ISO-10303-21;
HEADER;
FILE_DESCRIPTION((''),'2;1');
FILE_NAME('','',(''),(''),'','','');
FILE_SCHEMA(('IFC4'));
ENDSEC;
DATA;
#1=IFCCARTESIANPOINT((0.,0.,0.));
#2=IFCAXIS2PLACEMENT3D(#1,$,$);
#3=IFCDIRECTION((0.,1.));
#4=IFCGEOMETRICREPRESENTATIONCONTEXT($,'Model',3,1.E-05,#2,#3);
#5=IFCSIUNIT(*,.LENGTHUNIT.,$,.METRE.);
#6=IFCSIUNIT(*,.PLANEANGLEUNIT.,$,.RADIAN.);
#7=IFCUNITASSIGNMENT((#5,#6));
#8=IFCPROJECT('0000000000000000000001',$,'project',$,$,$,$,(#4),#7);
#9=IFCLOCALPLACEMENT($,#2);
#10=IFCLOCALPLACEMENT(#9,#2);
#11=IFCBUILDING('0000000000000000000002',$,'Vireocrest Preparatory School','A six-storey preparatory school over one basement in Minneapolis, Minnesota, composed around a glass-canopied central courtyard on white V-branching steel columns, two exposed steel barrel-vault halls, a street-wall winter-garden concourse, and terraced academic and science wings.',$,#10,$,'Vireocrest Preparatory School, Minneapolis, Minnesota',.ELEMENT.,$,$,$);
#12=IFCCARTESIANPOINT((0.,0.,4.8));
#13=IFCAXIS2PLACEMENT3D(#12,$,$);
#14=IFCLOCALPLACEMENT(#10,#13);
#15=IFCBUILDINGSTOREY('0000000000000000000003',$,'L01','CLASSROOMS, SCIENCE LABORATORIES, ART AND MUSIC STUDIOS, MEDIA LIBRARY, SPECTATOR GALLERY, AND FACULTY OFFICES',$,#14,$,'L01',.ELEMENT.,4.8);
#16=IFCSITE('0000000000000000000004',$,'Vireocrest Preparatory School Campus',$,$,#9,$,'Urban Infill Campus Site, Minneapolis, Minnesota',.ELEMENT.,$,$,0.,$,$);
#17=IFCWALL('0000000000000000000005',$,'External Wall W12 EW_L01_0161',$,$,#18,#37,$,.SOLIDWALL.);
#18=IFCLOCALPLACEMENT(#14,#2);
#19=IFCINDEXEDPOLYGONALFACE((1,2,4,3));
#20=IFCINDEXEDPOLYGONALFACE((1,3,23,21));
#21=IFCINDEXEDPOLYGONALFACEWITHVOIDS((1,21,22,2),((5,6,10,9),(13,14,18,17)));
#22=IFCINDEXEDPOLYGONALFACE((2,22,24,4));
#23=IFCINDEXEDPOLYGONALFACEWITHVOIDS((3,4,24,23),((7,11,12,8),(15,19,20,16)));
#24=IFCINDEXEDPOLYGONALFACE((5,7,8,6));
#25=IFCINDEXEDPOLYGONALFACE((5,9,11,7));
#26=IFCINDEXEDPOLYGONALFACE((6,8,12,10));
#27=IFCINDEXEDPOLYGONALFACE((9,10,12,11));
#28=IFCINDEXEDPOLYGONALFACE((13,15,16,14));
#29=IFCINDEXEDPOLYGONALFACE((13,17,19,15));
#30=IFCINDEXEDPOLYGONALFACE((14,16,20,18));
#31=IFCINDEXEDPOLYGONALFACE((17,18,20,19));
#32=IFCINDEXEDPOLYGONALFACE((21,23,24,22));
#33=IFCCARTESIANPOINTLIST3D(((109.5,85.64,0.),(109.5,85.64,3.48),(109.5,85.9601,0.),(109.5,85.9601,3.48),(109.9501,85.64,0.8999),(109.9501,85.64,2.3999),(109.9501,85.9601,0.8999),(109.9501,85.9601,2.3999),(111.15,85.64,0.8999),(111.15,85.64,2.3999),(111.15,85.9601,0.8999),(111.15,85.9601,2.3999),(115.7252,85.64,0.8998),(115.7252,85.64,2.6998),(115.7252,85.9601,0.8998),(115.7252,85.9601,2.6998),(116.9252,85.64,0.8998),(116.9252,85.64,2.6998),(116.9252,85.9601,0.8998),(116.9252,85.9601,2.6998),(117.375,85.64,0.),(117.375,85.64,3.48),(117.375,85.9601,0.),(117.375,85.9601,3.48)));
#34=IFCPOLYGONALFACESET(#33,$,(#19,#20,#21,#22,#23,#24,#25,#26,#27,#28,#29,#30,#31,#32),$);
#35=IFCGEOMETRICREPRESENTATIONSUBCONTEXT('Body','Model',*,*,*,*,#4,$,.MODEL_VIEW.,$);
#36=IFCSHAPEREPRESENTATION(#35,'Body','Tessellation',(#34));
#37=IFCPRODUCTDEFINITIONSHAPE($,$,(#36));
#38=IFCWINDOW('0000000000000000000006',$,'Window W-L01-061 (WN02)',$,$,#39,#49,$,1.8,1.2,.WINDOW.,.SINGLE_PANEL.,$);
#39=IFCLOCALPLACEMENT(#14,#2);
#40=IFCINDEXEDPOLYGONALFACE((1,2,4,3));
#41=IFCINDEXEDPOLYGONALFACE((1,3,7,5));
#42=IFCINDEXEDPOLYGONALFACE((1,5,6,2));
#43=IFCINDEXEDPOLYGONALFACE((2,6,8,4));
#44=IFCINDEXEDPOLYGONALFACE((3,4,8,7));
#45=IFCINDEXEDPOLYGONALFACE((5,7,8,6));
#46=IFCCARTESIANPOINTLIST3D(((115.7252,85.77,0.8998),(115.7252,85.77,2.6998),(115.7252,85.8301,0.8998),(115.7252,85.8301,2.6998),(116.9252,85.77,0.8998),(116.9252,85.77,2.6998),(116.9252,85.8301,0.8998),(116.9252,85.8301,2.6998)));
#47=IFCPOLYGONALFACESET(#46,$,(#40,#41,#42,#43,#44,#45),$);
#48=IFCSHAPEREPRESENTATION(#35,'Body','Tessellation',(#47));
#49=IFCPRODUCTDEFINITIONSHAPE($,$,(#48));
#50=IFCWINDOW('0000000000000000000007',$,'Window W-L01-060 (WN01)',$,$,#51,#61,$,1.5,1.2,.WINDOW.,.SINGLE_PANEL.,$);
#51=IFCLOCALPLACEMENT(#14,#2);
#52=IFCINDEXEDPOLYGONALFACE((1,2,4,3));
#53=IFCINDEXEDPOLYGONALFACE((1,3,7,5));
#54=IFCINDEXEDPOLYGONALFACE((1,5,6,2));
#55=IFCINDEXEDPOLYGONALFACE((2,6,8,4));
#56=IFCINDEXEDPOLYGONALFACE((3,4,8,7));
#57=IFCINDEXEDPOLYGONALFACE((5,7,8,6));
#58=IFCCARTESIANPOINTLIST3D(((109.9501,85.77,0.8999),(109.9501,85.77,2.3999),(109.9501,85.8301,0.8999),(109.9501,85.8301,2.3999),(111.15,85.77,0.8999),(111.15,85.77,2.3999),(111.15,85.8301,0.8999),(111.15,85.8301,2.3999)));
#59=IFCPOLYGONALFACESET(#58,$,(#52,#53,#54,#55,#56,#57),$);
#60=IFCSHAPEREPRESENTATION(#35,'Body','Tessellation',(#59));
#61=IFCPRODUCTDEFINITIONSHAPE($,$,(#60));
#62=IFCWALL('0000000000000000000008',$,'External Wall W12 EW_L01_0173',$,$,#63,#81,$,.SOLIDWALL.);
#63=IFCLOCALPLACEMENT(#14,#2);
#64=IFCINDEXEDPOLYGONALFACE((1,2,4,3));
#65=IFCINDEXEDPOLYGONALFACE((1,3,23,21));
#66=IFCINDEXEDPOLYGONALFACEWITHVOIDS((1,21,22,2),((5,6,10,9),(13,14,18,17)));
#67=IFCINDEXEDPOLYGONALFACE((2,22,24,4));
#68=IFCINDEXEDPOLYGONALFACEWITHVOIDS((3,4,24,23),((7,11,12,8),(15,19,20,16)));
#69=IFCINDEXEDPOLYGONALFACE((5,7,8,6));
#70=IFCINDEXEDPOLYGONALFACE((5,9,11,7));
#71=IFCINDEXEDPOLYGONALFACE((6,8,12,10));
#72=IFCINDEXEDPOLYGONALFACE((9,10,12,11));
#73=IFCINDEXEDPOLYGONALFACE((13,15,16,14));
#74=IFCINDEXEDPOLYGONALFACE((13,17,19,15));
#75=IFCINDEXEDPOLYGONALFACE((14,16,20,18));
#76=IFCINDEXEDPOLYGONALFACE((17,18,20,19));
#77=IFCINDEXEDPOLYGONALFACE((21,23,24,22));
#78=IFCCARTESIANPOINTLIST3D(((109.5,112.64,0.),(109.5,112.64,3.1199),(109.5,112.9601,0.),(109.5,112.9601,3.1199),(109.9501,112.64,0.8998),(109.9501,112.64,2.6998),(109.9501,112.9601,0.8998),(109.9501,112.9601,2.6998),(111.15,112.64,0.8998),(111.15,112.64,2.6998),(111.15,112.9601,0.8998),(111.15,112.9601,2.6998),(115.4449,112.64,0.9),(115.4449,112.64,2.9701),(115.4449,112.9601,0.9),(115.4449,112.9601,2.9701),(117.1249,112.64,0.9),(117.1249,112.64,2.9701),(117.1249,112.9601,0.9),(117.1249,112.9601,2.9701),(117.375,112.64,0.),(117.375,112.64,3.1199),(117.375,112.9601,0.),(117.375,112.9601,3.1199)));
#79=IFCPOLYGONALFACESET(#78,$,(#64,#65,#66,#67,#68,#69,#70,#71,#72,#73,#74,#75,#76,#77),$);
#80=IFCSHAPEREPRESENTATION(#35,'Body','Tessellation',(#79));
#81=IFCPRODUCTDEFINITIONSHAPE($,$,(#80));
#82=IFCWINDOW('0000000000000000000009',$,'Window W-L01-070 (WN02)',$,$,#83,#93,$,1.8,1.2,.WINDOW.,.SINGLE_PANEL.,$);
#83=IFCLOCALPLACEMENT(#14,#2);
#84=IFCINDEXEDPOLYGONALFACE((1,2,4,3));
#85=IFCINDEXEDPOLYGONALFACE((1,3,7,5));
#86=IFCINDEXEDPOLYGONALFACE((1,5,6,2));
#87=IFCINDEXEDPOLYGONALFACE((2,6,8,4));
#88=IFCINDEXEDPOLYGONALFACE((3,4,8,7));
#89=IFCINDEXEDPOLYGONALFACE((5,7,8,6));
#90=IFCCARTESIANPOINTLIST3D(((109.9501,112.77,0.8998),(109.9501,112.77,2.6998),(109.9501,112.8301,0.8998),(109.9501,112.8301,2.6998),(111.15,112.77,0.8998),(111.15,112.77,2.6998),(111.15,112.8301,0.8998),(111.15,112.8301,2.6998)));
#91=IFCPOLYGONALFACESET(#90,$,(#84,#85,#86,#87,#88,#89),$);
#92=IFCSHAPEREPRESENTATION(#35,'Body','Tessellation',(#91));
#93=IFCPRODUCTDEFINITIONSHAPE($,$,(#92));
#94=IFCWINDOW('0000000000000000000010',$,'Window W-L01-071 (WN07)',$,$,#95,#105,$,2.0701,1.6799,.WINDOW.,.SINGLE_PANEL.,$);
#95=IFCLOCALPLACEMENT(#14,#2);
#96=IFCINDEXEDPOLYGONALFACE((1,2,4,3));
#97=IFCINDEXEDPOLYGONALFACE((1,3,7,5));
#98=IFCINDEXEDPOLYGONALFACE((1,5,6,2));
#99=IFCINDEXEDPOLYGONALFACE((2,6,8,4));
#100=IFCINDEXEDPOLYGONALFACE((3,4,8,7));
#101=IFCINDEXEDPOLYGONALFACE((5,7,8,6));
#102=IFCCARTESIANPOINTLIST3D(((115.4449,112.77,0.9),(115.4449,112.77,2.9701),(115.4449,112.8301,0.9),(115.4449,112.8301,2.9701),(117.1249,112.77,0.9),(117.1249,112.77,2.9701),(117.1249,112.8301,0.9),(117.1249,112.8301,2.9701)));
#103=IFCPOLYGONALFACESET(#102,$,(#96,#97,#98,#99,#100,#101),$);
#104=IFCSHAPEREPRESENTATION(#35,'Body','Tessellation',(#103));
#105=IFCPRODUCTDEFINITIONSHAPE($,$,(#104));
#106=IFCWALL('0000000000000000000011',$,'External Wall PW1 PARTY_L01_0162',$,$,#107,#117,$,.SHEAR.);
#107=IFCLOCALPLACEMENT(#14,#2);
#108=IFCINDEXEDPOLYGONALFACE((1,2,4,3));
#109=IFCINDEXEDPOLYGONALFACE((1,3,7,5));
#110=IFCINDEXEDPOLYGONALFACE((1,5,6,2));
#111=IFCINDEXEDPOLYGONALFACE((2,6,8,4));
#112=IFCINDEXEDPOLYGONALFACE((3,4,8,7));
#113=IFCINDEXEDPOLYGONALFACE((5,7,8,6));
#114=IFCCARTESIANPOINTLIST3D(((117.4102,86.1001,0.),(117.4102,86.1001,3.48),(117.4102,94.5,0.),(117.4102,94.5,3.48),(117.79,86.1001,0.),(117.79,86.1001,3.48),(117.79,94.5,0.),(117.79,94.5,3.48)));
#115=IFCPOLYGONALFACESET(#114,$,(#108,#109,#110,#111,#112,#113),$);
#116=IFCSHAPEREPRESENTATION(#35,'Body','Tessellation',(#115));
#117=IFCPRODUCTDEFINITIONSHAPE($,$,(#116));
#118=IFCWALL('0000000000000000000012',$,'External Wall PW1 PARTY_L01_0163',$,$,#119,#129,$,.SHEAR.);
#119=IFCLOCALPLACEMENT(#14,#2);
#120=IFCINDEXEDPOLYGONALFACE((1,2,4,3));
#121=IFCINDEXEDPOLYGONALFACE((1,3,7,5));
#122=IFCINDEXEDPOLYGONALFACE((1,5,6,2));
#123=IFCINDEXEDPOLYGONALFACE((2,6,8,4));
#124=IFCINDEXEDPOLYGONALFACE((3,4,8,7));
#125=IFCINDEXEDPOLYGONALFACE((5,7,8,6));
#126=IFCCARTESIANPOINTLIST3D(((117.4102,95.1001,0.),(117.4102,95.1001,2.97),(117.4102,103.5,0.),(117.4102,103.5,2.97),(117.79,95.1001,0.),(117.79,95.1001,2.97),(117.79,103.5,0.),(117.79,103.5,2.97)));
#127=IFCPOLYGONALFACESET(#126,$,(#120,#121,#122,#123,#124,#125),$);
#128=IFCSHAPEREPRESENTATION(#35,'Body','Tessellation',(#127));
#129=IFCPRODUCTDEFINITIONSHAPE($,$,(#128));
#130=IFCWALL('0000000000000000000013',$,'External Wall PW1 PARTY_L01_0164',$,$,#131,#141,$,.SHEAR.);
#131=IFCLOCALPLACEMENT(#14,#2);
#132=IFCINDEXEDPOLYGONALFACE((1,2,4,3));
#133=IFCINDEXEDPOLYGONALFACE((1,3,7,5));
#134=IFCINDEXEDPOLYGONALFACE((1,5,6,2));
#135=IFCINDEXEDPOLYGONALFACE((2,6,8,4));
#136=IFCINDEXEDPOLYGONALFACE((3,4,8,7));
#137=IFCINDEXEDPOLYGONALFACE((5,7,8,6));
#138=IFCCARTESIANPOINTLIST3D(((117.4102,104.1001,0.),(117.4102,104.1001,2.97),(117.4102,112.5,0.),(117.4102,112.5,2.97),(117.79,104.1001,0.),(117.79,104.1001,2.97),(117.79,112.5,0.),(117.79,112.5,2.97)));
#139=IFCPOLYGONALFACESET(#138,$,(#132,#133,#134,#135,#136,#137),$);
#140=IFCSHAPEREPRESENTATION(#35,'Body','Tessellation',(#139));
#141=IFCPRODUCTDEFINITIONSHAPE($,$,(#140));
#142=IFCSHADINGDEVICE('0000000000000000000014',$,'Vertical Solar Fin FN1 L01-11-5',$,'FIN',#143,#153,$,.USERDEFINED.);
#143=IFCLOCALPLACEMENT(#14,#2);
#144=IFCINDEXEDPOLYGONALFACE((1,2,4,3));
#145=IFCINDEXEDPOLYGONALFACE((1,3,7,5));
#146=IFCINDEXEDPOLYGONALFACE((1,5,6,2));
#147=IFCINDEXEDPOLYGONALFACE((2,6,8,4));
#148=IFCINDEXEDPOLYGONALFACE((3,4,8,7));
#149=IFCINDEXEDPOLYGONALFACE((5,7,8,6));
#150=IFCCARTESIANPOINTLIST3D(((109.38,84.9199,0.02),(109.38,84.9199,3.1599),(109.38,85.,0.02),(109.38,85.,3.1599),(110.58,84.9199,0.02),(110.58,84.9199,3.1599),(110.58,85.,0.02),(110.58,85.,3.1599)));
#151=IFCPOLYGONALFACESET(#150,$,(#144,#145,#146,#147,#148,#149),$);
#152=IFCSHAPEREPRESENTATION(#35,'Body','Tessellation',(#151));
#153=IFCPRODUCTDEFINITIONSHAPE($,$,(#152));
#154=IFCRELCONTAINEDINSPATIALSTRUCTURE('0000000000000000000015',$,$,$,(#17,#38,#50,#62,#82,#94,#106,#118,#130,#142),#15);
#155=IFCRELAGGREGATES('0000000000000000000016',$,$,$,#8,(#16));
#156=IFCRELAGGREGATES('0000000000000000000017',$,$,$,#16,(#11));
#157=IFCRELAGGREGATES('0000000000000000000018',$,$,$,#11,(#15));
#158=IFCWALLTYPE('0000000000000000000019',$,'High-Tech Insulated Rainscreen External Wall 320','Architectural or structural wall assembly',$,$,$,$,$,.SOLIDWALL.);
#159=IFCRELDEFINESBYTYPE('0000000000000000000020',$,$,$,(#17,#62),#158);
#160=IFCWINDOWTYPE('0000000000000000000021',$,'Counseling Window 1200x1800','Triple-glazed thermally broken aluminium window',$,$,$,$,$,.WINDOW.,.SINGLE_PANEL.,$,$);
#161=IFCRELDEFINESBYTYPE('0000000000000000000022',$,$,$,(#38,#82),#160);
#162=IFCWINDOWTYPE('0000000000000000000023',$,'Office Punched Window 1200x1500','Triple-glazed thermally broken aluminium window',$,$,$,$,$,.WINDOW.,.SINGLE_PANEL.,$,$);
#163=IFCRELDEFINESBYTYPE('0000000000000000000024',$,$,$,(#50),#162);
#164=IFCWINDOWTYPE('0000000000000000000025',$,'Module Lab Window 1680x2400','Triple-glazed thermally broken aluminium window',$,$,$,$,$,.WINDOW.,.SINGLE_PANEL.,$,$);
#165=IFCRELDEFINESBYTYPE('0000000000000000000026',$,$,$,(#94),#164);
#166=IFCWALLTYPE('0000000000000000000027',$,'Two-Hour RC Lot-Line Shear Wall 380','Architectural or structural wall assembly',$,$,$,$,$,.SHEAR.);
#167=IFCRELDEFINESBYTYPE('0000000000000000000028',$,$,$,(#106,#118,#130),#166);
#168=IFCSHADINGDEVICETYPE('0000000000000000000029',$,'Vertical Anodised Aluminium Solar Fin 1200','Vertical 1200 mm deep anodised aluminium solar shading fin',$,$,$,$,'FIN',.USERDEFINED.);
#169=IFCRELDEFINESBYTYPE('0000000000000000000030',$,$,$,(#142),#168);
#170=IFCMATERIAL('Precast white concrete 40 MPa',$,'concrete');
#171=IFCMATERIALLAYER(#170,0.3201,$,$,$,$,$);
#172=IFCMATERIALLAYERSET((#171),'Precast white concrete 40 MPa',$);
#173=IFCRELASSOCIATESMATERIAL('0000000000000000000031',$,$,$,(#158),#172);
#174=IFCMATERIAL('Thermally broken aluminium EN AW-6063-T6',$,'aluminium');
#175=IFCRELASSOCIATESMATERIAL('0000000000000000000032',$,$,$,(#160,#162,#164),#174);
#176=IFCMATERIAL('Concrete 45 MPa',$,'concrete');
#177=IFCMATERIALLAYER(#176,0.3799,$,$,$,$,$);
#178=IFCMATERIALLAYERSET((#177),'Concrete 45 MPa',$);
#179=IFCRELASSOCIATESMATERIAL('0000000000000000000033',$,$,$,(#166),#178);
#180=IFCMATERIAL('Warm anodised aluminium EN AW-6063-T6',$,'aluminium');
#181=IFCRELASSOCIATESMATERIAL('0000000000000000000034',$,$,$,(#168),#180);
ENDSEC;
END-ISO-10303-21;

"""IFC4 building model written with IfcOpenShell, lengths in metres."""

from ifc_helpers import new_model, si_unit, direction, frame, frame_2d, origin, origin_2d, place, context, subcontext, project, spatial, rectangle, extrude, material, layer, layer_set, material_profile, profile_set, type_object, element, fill, save


model = new_model("IFC4")

# Units and contexts
model_context = context("Model", 3, precision=1e-05, world=origin(), true_north=direction((0.0, 1.0)))
body_context = subcontext(model_context, "Body", "Model", "MODEL_VIEW")
ifc_project = project(units=[si_unit("LENGTHUNIT", "METRE"), si_unit("PLANEANGLEUNIT", "RADIAN")], contexts=[model_context])

# Site, building, storey
site_placement = place(None, origin())
site = spatial("IfcSite", under=ifc_project, at=site_placement, Name="Vireocrest Preparatory School Campus", LongName="Urban Infill Campus Site, Minneapolis, Minnesota", CompositionType="ELEMENT", RefElevation=0.0)
building_placement = place(site_placement, origin())
building = spatial("IfcBuilding", under=site, at=building_placement, Name="Vireocrest Preparatory School", Description="A six-storey preparatory school over one basement in Minneapolis, Minnesota, composed around a glass-canopied central courtyard on white V-branching steel columns, two exposed steel barrel-vault halls, a street-wall winter-garden concourse, and terraced academic and science wings.", LongName="Vireocrest Preparatory School, Minneapolis, Minnesota", CompositionType="ELEMENT")
storey_placement = place(building_placement, frame((0.0, 0.0, 4.8)))
storey = spatial("IfcBuildingStorey", under=building, at=storey_placement, Name="L01", Description="CLASSROOMS, SCIENCE LABORATORIES, ART AND MUSIC STUDIOS, MEDIA LIBRARY, SPECTATOR GALLERY, AND FACULTY OFFICES", LongName="L01", CompositionType="ELEMENT", Elevation=4.8)

# Shared definitions
ifc_material_1 = material(Name="Concrete 45 MPa", Category="concrete")

# Walls, openings, windows
ifc_material_2 = material(Name="Precast white concrete 40 MPa", Category="concrete")
ifc_layer_1 = layer(ifc_material_2, 0.3201)
ifc_layer_set_1 = layer_set([ifc_layer_1], Name="Precast white concrete 40 MPa")
wall_type_1 = type_object("IfcWallType", Name="High-Tech Insulated Rainscreen External Wall 320", Description="Architectural or structural wall assembly", PredefinedType="SOLIDWALL", material=ifc_layer_set_1)
wall_1_placement = place(storey_placement, frame((109.5, 85.8, 0.0), z_axis=(0.0, 0.0, 1.0), x_axis=(1.0, 0.0, 0.0)))
wall_1 = element("IfcWall", 1, at=wall_1_placement, inside=storey, type_object=wall_type_1, Name="External Wall W12 EW_L01_0161", PredefinedType="SOLIDWALL", context=body_context, shape_type="SweptSolid", body=[
    extrude(rectangle(XDim=7.875, YDim=0.3201, at=frame_2d((3.9375, 0.0))), origin(), (0.0, 0.0, 1.0), 3.48),
])
opening_1_placement = place(wall_1_placement, frame((0.45, 0.0, 0.8999)))
opening_1 = element("IfcOpeningElement", 2, at=opening_1_placement, cuts=wall_1, PredefinedType="OPENING", context=body_context, shape_type="SweptSolid", body=[
    extrude(rectangle(XDim=1.2, YDim=1.5, at=frame_2d((0.6001, 0.75))), frame((0.0, 0.1699, 0.0), z_axis=(0.0, -1.0, 0.0), x_axis=(1.0, 0.0, 0.0)), (0.0, 0.0, 1.0), 0.3401),
])
opening_2_placement = place(wall_1_placement, frame((6.2251, 0.0, 0.8999)))
opening_2 = element("IfcOpeningElement", 3, at=opening_2_placement, cuts=wall_1, PredefinedType="OPENING", context=body_context, shape_type="SweptSolid", body=[
    extrude(rectangle(XDim=1.2, YDim=1.8, at=frame_2d((0.6001, 0.8999))), frame((0.0, 0.1699, 0.0), z_axis=(0.0, -1.0, 0.0), x_axis=(1.0, 0.0, 0.0)), (0.0, 0.0, 1.0), 0.3401),
])
ifc_material_3 = material(Name="Thermally broken aluminium EN AW-6063-T6", Category="aluminium")
window_type_1 = type_object("IfcWindowType", Name="Counseling Window 1200x1800", Description="Triple-glazed thermally broken aluminium window", PartitioningType="SINGLE_PANEL", PredefinedType="WINDOW", material=ifc_material_3)
window_1_placement = place(opening_2_placement, origin())
window_1 = element("IfcWindow", 4, at=window_1_placement, inside=storey, type_object=window_type_1, Name="Window W-L01-061 (WN02)", OverallHeight=1.8, OverallWidth=1.2, PartitioningType="SINGLE_PANEL", PredefinedType="WINDOW", context=body_context, shape_type="SweptSolid", body=[
    extrude(rectangle(XDim=1.2, YDim=1.8, at=frame_2d((0.6001, 0.8999))), frame((0.0, 0.03, 0.0), z_axis=(0.0, -1.0, 0.0), x_axis=(1.0, 0.0, 0.0)), (0.0, 0.0, 1.0), 0.0601),
])
fill(opening_2, window_1)
window_type_2 = type_object("IfcWindowType", Name="Office Punched Window 1200x1500", Description="Triple-glazed thermally broken aluminium window", PartitioningType="SINGLE_PANEL", PredefinedType="WINDOW", material=ifc_material_3)
window_2_placement = place(opening_1_placement, origin())
window_2 = element("IfcWindow", 5, at=window_2_placement, inside=storey, type_object=window_type_2, Name="Window W-L01-060 (WN01)", OverallHeight=1.5, OverallWidth=1.2, PartitioningType="SINGLE_PANEL", PredefinedType="WINDOW", context=body_context, shape_type="SweptSolid", body=[
    extrude(rectangle(XDim=1.2, YDim=1.5, at=frame_2d((0.6001, 0.75))), frame((0.0, 0.03, 0.0), z_axis=(0.0, -1.0, 0.0), x_axis=(1.0, 0.0, 0.0)), (0.0, 0.0, 1.0), 0.0601),
])
fill(opening_1, window_2)
wall_2_placement = place(storey_placement, frame((109.5, 112.8, 0.0), z_axis=(0.0, 0.0, 1.0), x_axis=(1.0, 0.0, 0.0)))
wall_2 = element("IfcWall", 6, at=wall_2_placement, inside=storey, type_object=wall_type_1, Name="External Wall W12 EW_L01_0173", PredefinedType="SOLIDWALL", context=body_context, shape_type="SweptSolid", body=[
    extrude(rectangle(XDim=7.875, YDim=0.3201, at=frame_2d((3.9375, 0.0))), origin(), (0.0, 0.0, 1.0), 3.1199),
])
opening_3_placement = place(wall_2_placement, frame((0.45, 0.0, 0.8999)))
opening_3 = element("IfcOpeningElement", 7, at=opening_3_placement, cuts=wall_2, PredefinedType="OPENING", context=body_context, shape_type="SweptSolid", body=[
    extrude(rectangle(XDim=1.2, YDim=1.8, at=frame_2d((0.6001, 0.8999))), frame((0.0, 0.1699, 0.0), z_axis=(0.0, -1.0, 0.0), x_axis=(1.0, 0.0, 0.0)), (0.0, 0.0, 1.0), 0.3401),
])
opening_4_placement = place(wall_2_placement, frame((5.9451, 0.0, 0.8999)))
opening_4 = element("IfcOpeningElement", 8, at=opening_4_placement, cuts=wall_2, PredefinedType="OPENING", context=body_context, shape_type="SweptSolid", body=[
    extrude(rectangle(XDim=1.6799, YDim=2.0701, at=frame_2d((0.8398, 1.0352))), frame((0.0, 0.1699, 0.0), z_axis=(0.0, -1.0, 0.0), x_axis=(1.0, 0.0, 0.0)), (0.0, 0.0, 1.0), 0.3401),
])
window_3_placement = place(opening_3_placement, origin())
window_3 = element("IfcWindow", 9, at=window_3_placement, inside=storey, type_object=window_type_1, Name="Window W-L01-070 (WN02)", OverallHeight=1.8, OverallWidth=1.2, PartitioningType="SINGLE_PANEL", PredefinedType="WINDOW", context=body_context, shape_type="SweptSolid", body=[
    extrude(rectangle(XDim=1.2, YDim=1.8, at=frame_2d((0.6001, 0.8999))), frame((0.0, 0.03, 0.0), z_axis=(0.0, -1.0, 0.0), x_axis=(1.0, 0.0, 0.0)), (0.0, 0.0, 1.0), 0.0601),
])
fill(opening_3, window_3)
window_type_3 = type_object("IfcWindowType", Name="Module Lab Window 1680x2400", Description="Triple-glazed thermally broken aluminium window", PartitioningType="SINGLE_PANEL", PredefinedType="WINDOW", material=ifc_material_3)
window_4_placement = place(opening_4_placement, origin())
window_4 = element("IfcWindow", 10, at=window_4_placement, inside=storey, type_object=window_type_3, Name="Window W-L01-071 (WN07)", OverallHeight=2.0701, OverallWidth=1.6799, PartitioningType="SINGLE_PANEL", PredefinedType="WINDOW", context=body_context, shape_type="SweptSolid", body=[
    extrude(rectangle(XDim=1.6799, YDim=2.0701, at=frame_2d((0.8398, 1.0352))), frame((0.0, 0.03, 0.0), z_axis=(0.0, -1.0, 0.0), x_axis=(1.0, 0.0, 0.0)), (0.0, 0.0, 1.0), 0.0601),
])
fill(opening_4, window_4)

# Walls
ifc_layer_2 = layer(ifc_material_1, 0.3799)
ifc_layer_set_2 = layer_set([ifc_layer_2], Name="Concrete 45 MPa")
wall_type_2 = type_object("IfcWallType", Name="Two-Hour RC Lot-Line Shear Wall 380", Description="Architectural or structural wall assembly", PredefinedType="SHEAR", material=ifc_layer_set_2)
wall_3_placement = place(storey_placement, frame((117.6001, 86.1001, 0.0), z_axis=(0.0, 0.0, 1.0), x_axis=(0.0, 1.0, 0.0)))
element("IfcWall", 11, at=wall_3_placement, inside=storey, type_object=wall_type_2, Name="External Wall PW1 PARTY_L01_0162", PredefinedType="SHEAR", context=body_context, shape_type="SweptSolid", body=[
    extrude(rectangle(XDim=8.3999, YDim=0.3799, at=frame_2d((4.2, 0.0))), origin(), (0.0, 0.0, 1.0), 3.48),
])
for number, where, z_axis, x_axis, name in (
    (12, (117.6001, 95.1001, 0.0), (0.0, 0.0, 1.0), (0.0, 1.0, 0.0), "External Wall PW1 PARTY_L01_0163"),
    (13, (117.6001, 104.1001, 0.0), (0.0, 0.0, 1.0), (0.0, 1.0, 0.0), "External Wall PW1 PARTY_L01_0164"),
):
    element("IfcWall", number, at=place(storey_placement, frame(where, z_axis=z_axis, x_axis=x_axis)), inside=storey, type_object=wall_type_2, Name=name, PredefinedType="SHEAR", context=body_context, shape_type="SweptSolid", body=[
        extrude(rectangle(XDim=8.3999, YDim=0.3799, at=frame_2d((4.2, 0.0))), origin(), (0.0, 0.0, 1.0), 2.97),
    ])

# Shading device
ifc_material_4 = material(Name="Warm anodised aluminium EN AW-6063-T6", Category="aluminium")
ifc_material_profile_1 = material_profile(ifc_material_4, rectangle(XDim=0.0801, YDim=1.2, at=origin_2d()), Name="FIN 80x1200")
ifc_profile_set_1 = profile_set([ifc_material_profile_1], Name="Warm anodised aluminium EN AW-6063-T6")
shading_device_type = type_object("IfcShadingDeviceType", Name="Vertical Anodised Aluminium Solar Fin 1200", Description="Vertical 1200 mm deep anodised aluminium solar shading fin", ElementType="FIN", PredefinedType="USERDEFINED", material=ifc_profile_set_1)
shading_device_placement = place(storey_placement, frame((109.98, 84.96, 0.02), z_axis=(0.0, 0.0, 1.0), x_axis=(0.0, -1.0, 0.0)))
element("IfcShadingDevice", 14, at=shading_device_placement, inside=storey, type_object=shading_device_type, Name="Vertical Solar Fin FN1 L01-11-5", ObjectType="FIN", PredefinedType="USERDEFINED", context=body_context, shape_type="SweptSolid", body=[
    extrude(rectangle(XDim=0.0801, YDim=1.2, at=origin_2d()), origin(), (0.0, 0.0, 1.0), 3.1399),
])

save(model, "model.ifc")
